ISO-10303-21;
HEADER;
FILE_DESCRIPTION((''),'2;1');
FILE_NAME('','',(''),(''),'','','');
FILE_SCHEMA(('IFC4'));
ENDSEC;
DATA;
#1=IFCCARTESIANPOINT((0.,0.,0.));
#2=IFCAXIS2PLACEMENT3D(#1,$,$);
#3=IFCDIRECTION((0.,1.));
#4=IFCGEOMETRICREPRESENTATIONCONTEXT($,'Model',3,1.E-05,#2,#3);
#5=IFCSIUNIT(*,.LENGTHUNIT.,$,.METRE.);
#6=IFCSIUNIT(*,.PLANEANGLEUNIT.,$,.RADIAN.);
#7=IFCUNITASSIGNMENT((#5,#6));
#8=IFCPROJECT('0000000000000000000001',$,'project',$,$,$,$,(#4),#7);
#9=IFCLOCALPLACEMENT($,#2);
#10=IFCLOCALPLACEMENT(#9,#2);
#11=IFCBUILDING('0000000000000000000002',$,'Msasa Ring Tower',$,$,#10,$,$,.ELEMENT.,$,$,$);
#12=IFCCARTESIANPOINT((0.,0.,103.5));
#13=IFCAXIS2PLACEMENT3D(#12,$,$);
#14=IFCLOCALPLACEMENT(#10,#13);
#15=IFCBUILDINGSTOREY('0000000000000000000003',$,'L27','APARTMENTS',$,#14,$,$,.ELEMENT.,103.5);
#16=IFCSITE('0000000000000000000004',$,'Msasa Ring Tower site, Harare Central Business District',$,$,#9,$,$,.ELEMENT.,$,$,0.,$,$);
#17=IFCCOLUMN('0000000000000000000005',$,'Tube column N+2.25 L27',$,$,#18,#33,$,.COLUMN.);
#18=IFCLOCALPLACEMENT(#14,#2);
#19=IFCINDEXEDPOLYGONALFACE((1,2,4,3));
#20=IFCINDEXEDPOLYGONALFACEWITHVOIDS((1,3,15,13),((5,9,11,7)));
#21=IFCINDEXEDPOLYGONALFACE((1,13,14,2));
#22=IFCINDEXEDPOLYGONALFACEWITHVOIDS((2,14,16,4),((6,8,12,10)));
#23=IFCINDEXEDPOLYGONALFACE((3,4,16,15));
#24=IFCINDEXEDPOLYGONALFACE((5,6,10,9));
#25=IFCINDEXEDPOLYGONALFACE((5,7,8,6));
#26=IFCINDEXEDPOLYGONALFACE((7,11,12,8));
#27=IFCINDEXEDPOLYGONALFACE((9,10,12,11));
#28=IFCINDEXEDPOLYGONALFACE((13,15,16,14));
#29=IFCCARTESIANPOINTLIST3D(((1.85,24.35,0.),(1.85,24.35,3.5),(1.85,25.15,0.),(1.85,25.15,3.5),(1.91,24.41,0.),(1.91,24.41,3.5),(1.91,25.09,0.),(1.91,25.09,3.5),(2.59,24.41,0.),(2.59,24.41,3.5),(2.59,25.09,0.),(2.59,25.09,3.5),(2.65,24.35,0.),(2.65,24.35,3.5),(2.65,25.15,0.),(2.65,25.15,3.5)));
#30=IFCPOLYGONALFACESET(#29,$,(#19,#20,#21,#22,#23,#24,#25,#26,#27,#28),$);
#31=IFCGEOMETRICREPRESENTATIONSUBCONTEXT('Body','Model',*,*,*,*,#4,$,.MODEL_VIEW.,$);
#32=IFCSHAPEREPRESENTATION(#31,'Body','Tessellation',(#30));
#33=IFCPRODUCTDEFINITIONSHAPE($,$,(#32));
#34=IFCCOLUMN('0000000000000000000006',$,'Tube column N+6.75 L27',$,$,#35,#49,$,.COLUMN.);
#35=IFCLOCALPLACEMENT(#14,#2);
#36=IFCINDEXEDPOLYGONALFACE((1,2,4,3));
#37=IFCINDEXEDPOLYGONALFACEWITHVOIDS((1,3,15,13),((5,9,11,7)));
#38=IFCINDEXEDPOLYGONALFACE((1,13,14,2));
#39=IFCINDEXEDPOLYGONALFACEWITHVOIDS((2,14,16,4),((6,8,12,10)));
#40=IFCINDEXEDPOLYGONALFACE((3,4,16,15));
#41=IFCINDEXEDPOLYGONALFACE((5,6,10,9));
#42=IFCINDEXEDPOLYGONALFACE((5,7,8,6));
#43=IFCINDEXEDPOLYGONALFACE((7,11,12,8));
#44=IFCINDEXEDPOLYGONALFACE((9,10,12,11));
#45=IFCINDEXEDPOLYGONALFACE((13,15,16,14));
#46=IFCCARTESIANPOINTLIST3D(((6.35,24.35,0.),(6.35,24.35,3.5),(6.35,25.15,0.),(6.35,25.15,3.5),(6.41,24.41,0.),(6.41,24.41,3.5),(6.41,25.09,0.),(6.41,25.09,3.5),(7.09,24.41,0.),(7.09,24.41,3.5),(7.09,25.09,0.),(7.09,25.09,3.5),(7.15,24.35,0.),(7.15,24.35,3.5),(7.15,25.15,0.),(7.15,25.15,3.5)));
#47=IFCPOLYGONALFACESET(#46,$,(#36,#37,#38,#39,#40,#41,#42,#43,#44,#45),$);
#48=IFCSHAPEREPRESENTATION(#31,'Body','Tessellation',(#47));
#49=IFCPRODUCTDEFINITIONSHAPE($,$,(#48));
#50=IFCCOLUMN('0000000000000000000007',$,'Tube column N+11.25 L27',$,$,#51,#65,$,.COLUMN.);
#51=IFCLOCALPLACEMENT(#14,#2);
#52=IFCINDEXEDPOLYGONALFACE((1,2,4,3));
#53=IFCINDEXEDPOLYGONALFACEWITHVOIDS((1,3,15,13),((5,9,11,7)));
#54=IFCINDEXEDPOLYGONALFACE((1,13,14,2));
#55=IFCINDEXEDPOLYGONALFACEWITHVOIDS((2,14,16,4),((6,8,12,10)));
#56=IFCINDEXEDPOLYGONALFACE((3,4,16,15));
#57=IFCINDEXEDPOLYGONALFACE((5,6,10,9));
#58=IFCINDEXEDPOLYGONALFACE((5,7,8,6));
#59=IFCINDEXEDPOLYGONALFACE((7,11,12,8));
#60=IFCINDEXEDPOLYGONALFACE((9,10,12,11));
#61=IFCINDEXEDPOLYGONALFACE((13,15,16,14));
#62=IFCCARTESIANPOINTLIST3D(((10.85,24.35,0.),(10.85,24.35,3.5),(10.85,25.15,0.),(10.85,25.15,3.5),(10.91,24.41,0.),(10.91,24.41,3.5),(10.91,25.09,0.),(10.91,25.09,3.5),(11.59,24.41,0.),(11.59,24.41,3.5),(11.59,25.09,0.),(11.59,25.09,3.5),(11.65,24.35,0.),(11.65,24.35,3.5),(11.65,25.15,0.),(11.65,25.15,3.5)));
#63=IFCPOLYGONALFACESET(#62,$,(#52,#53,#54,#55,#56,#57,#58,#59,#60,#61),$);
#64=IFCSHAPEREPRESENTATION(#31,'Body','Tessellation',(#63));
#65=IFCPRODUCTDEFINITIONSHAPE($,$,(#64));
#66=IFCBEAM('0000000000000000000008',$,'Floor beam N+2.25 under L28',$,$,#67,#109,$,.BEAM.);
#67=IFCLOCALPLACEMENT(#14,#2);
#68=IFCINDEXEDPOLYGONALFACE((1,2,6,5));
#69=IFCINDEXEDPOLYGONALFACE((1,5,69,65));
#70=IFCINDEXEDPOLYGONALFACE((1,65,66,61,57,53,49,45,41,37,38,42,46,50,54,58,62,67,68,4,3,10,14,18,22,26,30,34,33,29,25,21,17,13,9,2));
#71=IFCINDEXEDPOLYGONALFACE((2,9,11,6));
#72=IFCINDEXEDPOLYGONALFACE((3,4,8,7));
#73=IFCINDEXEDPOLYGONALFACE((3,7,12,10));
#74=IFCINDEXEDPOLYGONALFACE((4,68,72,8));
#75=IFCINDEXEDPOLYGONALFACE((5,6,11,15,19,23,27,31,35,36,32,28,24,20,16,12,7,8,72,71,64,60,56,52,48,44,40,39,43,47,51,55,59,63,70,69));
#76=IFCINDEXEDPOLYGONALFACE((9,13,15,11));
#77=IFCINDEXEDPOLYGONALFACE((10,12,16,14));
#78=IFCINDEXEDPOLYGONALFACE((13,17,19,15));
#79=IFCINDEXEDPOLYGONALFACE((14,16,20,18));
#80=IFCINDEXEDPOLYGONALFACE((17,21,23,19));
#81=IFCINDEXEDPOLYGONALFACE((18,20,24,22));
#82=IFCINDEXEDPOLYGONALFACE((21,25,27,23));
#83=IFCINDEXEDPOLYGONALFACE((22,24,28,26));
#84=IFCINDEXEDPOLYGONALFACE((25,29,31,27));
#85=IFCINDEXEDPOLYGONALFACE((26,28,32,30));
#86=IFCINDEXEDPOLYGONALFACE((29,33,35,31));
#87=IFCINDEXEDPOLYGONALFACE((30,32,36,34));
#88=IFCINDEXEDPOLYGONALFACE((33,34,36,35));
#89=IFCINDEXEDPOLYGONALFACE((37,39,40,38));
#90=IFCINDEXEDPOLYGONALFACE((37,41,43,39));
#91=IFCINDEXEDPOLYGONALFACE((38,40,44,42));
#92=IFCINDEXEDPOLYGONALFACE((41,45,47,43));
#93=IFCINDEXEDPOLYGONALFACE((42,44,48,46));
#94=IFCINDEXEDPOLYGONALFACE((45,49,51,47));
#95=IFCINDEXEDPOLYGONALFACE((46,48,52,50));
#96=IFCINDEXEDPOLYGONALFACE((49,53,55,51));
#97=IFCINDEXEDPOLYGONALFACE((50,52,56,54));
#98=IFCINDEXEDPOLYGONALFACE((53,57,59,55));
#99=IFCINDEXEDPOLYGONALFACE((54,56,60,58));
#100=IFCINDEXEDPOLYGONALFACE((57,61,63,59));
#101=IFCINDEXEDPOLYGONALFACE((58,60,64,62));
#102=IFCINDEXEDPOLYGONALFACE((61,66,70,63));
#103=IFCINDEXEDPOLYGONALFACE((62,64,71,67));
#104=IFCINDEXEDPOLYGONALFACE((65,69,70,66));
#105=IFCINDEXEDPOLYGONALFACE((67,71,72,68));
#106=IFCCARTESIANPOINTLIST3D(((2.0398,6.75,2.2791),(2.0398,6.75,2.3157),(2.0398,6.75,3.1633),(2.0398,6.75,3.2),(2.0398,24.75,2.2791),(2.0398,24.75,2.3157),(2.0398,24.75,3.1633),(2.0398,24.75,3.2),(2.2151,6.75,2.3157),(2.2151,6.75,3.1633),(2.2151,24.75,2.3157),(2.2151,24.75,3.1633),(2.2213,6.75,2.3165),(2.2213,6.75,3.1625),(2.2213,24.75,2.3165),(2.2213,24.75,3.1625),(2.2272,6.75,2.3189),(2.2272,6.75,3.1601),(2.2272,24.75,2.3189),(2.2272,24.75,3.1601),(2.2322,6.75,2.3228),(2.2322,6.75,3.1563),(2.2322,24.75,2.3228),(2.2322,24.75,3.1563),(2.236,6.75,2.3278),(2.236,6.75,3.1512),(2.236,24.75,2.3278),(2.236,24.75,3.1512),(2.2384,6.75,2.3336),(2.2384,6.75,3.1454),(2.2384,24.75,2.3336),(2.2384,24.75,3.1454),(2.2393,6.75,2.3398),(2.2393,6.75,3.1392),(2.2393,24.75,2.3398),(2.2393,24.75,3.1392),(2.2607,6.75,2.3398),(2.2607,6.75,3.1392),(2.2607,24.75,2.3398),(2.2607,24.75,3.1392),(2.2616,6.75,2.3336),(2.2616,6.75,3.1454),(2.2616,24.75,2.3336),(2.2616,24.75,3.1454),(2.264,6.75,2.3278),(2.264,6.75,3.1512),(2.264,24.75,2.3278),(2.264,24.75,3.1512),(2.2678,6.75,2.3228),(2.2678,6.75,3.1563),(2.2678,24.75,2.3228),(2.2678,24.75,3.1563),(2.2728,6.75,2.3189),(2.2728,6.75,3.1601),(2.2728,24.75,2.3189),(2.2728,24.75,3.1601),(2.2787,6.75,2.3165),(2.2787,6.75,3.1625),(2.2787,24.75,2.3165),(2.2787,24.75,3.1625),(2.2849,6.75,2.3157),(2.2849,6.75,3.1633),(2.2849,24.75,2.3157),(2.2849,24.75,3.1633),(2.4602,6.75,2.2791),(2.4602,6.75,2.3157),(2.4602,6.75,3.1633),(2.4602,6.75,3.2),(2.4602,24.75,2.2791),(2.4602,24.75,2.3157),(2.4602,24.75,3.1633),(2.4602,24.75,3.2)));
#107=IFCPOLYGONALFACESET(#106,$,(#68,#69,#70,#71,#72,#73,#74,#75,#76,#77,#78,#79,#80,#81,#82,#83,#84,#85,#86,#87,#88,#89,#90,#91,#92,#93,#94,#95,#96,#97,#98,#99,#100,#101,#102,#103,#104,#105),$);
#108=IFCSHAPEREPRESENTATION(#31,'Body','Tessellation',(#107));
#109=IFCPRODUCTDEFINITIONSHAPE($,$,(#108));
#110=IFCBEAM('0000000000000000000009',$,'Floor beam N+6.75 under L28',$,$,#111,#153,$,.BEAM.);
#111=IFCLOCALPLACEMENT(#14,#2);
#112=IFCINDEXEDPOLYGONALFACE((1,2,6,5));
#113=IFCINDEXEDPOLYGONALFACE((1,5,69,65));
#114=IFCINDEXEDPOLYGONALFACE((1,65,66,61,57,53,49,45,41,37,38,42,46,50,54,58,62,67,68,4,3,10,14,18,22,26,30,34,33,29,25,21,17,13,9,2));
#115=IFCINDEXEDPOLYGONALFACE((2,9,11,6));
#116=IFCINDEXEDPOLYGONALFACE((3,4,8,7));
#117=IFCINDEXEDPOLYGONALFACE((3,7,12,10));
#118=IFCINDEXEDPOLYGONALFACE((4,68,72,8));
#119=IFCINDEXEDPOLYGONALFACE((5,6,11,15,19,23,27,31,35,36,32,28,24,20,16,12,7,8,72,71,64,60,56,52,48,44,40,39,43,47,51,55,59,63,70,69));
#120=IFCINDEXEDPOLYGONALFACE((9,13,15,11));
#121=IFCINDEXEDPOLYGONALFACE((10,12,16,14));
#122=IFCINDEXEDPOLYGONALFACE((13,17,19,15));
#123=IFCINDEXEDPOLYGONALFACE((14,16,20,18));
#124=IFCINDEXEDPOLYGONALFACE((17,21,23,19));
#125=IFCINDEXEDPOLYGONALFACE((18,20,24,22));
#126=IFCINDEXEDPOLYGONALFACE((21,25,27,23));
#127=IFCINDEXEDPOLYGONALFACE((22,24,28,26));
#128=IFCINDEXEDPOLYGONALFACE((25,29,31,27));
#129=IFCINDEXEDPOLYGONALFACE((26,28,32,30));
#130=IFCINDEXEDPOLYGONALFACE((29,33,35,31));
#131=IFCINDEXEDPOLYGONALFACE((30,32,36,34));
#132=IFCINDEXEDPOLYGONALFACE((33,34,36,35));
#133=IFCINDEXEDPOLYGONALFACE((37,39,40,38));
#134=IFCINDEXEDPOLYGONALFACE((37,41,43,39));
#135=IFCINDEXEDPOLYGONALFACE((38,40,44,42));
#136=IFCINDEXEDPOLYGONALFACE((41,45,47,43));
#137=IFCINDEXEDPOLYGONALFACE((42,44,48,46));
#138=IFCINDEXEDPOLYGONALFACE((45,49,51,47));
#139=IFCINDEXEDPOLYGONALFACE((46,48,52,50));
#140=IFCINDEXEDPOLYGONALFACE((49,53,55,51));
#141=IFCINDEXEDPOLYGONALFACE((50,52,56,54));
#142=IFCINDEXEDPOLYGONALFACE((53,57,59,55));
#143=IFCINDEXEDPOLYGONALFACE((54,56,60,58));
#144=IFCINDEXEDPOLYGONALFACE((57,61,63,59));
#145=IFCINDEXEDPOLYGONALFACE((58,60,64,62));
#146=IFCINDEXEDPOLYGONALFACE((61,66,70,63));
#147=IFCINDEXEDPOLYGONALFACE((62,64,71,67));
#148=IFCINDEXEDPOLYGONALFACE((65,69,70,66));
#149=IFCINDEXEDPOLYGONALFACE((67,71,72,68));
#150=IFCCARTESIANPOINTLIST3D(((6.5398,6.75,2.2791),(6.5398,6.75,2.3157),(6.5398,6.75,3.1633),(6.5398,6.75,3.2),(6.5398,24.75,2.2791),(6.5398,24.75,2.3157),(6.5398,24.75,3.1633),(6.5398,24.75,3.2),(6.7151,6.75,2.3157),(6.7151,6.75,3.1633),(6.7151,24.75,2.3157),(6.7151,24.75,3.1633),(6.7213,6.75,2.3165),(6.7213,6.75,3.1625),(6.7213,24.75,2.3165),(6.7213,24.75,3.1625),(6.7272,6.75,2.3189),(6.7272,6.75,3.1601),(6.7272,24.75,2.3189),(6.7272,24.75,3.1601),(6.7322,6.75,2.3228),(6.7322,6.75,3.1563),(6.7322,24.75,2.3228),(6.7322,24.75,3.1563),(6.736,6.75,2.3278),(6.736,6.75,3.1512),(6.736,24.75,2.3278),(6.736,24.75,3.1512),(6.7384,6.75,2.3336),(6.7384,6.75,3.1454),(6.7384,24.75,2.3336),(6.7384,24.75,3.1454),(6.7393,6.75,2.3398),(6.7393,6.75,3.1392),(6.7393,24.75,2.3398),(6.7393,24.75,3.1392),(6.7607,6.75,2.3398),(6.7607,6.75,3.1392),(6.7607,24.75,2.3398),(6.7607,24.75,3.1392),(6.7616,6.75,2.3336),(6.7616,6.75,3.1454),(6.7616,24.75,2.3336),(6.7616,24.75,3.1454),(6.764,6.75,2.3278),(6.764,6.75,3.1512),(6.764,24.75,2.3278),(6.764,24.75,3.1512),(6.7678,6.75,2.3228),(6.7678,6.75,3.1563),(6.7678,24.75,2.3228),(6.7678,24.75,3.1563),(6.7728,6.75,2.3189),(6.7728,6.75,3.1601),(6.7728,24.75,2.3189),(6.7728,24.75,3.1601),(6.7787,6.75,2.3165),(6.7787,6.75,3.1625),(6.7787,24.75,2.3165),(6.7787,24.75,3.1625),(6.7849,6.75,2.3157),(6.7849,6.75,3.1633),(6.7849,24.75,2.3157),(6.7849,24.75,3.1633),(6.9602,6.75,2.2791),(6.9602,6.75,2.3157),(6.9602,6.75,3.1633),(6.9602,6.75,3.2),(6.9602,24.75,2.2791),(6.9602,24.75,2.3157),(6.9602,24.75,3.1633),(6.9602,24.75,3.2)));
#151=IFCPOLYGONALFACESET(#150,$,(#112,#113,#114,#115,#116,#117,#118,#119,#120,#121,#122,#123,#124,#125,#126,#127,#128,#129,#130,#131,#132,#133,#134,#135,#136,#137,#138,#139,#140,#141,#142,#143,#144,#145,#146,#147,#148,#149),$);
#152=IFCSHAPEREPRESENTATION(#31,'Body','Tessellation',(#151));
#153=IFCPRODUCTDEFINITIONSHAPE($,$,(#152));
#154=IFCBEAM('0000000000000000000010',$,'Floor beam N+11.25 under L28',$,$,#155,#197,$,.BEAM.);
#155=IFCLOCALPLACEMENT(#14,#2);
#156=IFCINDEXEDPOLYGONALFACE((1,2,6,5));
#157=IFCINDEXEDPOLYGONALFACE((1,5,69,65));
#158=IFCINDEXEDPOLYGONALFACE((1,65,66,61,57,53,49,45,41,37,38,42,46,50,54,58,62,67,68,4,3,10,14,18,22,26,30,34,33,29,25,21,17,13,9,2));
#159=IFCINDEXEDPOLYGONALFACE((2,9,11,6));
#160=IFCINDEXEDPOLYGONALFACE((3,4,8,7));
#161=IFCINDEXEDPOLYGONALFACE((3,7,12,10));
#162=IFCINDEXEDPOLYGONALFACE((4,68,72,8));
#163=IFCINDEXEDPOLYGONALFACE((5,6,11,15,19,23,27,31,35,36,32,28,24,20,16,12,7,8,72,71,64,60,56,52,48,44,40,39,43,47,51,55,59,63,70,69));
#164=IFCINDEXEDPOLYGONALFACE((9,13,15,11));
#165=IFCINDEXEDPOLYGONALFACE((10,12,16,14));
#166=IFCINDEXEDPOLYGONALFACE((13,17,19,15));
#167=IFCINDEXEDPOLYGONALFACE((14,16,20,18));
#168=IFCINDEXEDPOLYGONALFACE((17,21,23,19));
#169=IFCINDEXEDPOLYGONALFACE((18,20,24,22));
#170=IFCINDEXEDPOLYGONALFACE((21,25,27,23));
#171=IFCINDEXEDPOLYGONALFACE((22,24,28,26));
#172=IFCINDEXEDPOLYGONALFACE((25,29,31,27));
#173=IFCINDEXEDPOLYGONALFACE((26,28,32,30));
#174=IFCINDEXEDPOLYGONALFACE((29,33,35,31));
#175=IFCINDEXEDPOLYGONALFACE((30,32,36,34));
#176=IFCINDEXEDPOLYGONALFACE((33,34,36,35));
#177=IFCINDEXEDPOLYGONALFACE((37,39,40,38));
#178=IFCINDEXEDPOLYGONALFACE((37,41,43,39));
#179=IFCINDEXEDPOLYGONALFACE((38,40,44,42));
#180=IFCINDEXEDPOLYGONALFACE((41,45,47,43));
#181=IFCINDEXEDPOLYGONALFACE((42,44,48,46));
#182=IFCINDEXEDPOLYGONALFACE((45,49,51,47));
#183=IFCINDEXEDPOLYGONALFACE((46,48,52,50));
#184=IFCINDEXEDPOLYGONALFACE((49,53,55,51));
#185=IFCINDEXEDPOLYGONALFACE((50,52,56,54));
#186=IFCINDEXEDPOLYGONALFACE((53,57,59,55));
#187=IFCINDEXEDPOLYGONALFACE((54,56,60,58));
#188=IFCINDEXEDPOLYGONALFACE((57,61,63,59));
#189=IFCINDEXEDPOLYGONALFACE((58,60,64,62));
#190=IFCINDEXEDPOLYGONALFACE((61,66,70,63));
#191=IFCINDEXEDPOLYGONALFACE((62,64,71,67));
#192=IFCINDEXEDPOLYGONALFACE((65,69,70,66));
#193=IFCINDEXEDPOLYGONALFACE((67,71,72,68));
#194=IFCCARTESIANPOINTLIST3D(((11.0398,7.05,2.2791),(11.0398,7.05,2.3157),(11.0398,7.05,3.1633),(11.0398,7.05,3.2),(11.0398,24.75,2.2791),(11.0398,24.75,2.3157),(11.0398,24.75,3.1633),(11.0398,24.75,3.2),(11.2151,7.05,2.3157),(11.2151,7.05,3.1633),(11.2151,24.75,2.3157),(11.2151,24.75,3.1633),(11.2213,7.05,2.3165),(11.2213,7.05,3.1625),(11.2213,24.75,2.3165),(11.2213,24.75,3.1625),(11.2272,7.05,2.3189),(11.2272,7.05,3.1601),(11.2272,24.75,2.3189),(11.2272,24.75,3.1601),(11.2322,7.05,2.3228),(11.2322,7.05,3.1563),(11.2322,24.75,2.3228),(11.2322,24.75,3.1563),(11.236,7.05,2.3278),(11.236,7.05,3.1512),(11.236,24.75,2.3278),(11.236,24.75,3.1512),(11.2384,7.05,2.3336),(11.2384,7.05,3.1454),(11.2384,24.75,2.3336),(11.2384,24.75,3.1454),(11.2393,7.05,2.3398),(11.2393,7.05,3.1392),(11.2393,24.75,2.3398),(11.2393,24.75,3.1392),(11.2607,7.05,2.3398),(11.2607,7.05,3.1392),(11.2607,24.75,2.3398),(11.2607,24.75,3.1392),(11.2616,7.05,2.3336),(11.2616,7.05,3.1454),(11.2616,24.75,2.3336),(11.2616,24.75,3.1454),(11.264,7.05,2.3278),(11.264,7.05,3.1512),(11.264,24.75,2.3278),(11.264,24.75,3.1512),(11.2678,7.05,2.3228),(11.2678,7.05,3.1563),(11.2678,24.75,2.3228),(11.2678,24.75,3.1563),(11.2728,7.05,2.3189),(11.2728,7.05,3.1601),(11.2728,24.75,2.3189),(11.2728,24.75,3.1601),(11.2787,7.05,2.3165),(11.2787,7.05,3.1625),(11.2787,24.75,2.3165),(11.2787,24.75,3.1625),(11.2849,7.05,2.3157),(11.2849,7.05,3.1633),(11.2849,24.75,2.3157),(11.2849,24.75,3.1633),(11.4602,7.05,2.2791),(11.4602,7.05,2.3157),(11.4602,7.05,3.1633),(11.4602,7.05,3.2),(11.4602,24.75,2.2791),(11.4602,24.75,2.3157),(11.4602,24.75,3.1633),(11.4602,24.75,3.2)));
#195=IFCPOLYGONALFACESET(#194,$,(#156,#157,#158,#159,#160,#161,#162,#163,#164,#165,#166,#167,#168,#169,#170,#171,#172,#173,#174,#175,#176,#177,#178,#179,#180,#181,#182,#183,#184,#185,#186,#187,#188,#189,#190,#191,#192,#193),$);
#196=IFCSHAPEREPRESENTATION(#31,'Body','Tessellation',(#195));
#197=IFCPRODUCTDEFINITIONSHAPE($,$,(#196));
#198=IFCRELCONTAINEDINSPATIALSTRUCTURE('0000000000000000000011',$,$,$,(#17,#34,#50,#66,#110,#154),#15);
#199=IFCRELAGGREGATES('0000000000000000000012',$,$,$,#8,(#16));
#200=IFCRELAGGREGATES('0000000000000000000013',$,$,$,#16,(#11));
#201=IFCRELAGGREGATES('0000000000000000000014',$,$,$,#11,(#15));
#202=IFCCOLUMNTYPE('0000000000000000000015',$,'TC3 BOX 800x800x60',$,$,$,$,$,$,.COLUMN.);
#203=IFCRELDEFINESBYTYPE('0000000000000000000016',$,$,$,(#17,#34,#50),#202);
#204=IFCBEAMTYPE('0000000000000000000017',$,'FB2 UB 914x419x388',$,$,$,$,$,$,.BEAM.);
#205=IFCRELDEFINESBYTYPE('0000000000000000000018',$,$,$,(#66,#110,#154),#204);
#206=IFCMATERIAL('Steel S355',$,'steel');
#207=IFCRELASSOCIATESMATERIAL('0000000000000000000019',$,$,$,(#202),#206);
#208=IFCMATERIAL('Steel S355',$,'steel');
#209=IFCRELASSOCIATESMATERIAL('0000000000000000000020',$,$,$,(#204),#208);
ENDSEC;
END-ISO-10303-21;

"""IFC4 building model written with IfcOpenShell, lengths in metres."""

from ifc_helpers import new_model, si_unit, direction, frame, origin, origin_2d, place, context, subcontext, project, spatial, hollow_rectangle, i_section, extrude, material, material_profile, profile_set, type_object, element, save


model = new_model("IFC4")

# Units and contexts
model_context = context("Model", 3, precision=1e-05, world=origin(), true_north=direction((0.0, 1.0)))
body_context = subcontext(model_context, "Body", "Model", "MODEL_VIEW")
ifc_project = project(units=[si_unit("LENGTHUNIT", "METRE"), si_unit("PLANEANGLEUNIT", "RADIAN")], contexts=[model_context])

# Site, building, storey
site_placement = place(None, origin())
site = spatial("IfcSite", under=ifc_project, at=site_placement, Name="Msasa Ring Tower site, Harare Central Business District", CompositionType="ELEMENT", RefElevation=0.0)
building_placement = place(site_placement, origin())
building = spatial("IfcBuilding", under=site, at=building_placement, Name="Msasa Ring Tower", CompositionType="ELEMENT")
storey_placement = place(building_placement, frame((0.0, 0.0, 103.5)))
storey = spatial("IfcBuildingStorey", under=building, at=storey_placement, Name="L27", Description="APARTMENTS", CompositionType="ELEMENT", Elevation=103.5)

# Columns
ifc_material_1 = material(Name="Steel S355", Category="steel")
ifc_material_profile_1 = material_profile(ifc_material_1, hollow_rectangle(XDim=0.8, YDim=0.8, WallThickness=0.0601, at=origin_2d()), Name="BOX 800x800x60")
ifc_profile_set_1 = profile_set([ifc_material_profile_1], Name="Steel S355")
column_type = type_object("IfcColumnType", Name="TC3 BOX 800x800x60", PredefinedType="COLUMN", material=ifc_profile_set_1)
for number, where, z_axis, x_axis, name in (
    (1, (2.25, 24.75, 0.0), (0.0, 0.0, 1.0), (0.0, 1.0, 0.0), "Tube column N+2.25 L27"),
    (2, (6.75, 24.75, 0.0), (0.0, 0.0, 1.0), (0.0, 1.0, 0.0), "Tube column N+6.75 L27"),
    (3, (11.25, 24.75, 0.0), (0.0, 0.0, 1.0), (0.0, 1.0, 0.0), "Tube column N+11.25 L27"),
):
    element("IfcColumn", number, at=place(storey_placement, frame(where, z_axis=z_axis, x_axis=x_axis)), inside=storey, type_object=column_type, Name=name, PredefinedType="COLUMN", context=body_context, shape_type="SweptSolid", body=[
        extrude(hollow_rectangle(XDim=0.8, YDim=0.8, WallThickness=0.0601, at=origin_2d()), origin(), (0.0, 0.0, 1.0), 3.5),
    ])

# Beams
ifc_material_2 = material(Name="Steel S355", Category="steel")
ifc_material_profile_2 = material_profile(ifc_material_2, i_section(OverallWidth=0.4204, OverallDepth=0.9209, WebThickness=0.0215, FlangeThickness=0.0366, FilletRadius=0.0242, at=origin_2d()), Name="UB 914x419x388")
ifc_profile_set_2 = profile_set([ifc_material_profile_2], Name="Steel S355")
beam_type_1 = type_object("IfcBeamType", Name="FB2 UB 914x419x388", PredefinedType="BEAM", material=ifc_profile_set_2)
for number, where, z_axis, x_axis, name in (
    (4, (2.25, 24.75, 2.7395), (0.0, -1.0, 0.0), (1.0, 0.0, 0.0), "Floor beam N+2.25 under L28"),
    (5, (6.75, 24.75, 2.7395), (0.0, -1.0, 0.0), (1.0, 0.0, 0.0), "Floor beam N+6.75 under L28"),
):
    element("IfcBeam", number, at=place(storey_placement, frame(where, z_axis=z_axis, x_axis=x_axis)), inside=storey, type_object=beam_type_1, Name=name, PredefinedType="BEAM", context=body_context, shape_type="SweptSolid", body=[
        extrude(i_section(OverallWidth=0.4204, OverallDepth=0.9209, WebThickness=0.0215, FlangeThickness=0.0366, FilletRadius=0.0242, at=origin_2d()), origin(), (0.0, 0.0, 1.0), 18.0),
    ])
beam_placement = place(storey_placement, frame((11.25, 24.75, 2.7395), z_axis=(0.0, -1.0, 0.0), x_axis=(1.0, 0.0, 0.0)))
element("IfcBeam", 6, at=beam_placement, inside=storey, type_object=beam_type_1, Name="Floor beam N+11.25 under L28", PredefinedType="BEAM", context=body_context, shape_type="SweptSolid", body=[
    extrude(i_section(OverallWidth=0.4204, OverallDepth=0.9209, WebThickness=0.0215, FlangeThickness=0.0366, FilletRadius=0.0242, at=origin_2d()), origin(), (0.0, 0.0, 1.0), 17.7),
])

save(model, "model.ifc")
